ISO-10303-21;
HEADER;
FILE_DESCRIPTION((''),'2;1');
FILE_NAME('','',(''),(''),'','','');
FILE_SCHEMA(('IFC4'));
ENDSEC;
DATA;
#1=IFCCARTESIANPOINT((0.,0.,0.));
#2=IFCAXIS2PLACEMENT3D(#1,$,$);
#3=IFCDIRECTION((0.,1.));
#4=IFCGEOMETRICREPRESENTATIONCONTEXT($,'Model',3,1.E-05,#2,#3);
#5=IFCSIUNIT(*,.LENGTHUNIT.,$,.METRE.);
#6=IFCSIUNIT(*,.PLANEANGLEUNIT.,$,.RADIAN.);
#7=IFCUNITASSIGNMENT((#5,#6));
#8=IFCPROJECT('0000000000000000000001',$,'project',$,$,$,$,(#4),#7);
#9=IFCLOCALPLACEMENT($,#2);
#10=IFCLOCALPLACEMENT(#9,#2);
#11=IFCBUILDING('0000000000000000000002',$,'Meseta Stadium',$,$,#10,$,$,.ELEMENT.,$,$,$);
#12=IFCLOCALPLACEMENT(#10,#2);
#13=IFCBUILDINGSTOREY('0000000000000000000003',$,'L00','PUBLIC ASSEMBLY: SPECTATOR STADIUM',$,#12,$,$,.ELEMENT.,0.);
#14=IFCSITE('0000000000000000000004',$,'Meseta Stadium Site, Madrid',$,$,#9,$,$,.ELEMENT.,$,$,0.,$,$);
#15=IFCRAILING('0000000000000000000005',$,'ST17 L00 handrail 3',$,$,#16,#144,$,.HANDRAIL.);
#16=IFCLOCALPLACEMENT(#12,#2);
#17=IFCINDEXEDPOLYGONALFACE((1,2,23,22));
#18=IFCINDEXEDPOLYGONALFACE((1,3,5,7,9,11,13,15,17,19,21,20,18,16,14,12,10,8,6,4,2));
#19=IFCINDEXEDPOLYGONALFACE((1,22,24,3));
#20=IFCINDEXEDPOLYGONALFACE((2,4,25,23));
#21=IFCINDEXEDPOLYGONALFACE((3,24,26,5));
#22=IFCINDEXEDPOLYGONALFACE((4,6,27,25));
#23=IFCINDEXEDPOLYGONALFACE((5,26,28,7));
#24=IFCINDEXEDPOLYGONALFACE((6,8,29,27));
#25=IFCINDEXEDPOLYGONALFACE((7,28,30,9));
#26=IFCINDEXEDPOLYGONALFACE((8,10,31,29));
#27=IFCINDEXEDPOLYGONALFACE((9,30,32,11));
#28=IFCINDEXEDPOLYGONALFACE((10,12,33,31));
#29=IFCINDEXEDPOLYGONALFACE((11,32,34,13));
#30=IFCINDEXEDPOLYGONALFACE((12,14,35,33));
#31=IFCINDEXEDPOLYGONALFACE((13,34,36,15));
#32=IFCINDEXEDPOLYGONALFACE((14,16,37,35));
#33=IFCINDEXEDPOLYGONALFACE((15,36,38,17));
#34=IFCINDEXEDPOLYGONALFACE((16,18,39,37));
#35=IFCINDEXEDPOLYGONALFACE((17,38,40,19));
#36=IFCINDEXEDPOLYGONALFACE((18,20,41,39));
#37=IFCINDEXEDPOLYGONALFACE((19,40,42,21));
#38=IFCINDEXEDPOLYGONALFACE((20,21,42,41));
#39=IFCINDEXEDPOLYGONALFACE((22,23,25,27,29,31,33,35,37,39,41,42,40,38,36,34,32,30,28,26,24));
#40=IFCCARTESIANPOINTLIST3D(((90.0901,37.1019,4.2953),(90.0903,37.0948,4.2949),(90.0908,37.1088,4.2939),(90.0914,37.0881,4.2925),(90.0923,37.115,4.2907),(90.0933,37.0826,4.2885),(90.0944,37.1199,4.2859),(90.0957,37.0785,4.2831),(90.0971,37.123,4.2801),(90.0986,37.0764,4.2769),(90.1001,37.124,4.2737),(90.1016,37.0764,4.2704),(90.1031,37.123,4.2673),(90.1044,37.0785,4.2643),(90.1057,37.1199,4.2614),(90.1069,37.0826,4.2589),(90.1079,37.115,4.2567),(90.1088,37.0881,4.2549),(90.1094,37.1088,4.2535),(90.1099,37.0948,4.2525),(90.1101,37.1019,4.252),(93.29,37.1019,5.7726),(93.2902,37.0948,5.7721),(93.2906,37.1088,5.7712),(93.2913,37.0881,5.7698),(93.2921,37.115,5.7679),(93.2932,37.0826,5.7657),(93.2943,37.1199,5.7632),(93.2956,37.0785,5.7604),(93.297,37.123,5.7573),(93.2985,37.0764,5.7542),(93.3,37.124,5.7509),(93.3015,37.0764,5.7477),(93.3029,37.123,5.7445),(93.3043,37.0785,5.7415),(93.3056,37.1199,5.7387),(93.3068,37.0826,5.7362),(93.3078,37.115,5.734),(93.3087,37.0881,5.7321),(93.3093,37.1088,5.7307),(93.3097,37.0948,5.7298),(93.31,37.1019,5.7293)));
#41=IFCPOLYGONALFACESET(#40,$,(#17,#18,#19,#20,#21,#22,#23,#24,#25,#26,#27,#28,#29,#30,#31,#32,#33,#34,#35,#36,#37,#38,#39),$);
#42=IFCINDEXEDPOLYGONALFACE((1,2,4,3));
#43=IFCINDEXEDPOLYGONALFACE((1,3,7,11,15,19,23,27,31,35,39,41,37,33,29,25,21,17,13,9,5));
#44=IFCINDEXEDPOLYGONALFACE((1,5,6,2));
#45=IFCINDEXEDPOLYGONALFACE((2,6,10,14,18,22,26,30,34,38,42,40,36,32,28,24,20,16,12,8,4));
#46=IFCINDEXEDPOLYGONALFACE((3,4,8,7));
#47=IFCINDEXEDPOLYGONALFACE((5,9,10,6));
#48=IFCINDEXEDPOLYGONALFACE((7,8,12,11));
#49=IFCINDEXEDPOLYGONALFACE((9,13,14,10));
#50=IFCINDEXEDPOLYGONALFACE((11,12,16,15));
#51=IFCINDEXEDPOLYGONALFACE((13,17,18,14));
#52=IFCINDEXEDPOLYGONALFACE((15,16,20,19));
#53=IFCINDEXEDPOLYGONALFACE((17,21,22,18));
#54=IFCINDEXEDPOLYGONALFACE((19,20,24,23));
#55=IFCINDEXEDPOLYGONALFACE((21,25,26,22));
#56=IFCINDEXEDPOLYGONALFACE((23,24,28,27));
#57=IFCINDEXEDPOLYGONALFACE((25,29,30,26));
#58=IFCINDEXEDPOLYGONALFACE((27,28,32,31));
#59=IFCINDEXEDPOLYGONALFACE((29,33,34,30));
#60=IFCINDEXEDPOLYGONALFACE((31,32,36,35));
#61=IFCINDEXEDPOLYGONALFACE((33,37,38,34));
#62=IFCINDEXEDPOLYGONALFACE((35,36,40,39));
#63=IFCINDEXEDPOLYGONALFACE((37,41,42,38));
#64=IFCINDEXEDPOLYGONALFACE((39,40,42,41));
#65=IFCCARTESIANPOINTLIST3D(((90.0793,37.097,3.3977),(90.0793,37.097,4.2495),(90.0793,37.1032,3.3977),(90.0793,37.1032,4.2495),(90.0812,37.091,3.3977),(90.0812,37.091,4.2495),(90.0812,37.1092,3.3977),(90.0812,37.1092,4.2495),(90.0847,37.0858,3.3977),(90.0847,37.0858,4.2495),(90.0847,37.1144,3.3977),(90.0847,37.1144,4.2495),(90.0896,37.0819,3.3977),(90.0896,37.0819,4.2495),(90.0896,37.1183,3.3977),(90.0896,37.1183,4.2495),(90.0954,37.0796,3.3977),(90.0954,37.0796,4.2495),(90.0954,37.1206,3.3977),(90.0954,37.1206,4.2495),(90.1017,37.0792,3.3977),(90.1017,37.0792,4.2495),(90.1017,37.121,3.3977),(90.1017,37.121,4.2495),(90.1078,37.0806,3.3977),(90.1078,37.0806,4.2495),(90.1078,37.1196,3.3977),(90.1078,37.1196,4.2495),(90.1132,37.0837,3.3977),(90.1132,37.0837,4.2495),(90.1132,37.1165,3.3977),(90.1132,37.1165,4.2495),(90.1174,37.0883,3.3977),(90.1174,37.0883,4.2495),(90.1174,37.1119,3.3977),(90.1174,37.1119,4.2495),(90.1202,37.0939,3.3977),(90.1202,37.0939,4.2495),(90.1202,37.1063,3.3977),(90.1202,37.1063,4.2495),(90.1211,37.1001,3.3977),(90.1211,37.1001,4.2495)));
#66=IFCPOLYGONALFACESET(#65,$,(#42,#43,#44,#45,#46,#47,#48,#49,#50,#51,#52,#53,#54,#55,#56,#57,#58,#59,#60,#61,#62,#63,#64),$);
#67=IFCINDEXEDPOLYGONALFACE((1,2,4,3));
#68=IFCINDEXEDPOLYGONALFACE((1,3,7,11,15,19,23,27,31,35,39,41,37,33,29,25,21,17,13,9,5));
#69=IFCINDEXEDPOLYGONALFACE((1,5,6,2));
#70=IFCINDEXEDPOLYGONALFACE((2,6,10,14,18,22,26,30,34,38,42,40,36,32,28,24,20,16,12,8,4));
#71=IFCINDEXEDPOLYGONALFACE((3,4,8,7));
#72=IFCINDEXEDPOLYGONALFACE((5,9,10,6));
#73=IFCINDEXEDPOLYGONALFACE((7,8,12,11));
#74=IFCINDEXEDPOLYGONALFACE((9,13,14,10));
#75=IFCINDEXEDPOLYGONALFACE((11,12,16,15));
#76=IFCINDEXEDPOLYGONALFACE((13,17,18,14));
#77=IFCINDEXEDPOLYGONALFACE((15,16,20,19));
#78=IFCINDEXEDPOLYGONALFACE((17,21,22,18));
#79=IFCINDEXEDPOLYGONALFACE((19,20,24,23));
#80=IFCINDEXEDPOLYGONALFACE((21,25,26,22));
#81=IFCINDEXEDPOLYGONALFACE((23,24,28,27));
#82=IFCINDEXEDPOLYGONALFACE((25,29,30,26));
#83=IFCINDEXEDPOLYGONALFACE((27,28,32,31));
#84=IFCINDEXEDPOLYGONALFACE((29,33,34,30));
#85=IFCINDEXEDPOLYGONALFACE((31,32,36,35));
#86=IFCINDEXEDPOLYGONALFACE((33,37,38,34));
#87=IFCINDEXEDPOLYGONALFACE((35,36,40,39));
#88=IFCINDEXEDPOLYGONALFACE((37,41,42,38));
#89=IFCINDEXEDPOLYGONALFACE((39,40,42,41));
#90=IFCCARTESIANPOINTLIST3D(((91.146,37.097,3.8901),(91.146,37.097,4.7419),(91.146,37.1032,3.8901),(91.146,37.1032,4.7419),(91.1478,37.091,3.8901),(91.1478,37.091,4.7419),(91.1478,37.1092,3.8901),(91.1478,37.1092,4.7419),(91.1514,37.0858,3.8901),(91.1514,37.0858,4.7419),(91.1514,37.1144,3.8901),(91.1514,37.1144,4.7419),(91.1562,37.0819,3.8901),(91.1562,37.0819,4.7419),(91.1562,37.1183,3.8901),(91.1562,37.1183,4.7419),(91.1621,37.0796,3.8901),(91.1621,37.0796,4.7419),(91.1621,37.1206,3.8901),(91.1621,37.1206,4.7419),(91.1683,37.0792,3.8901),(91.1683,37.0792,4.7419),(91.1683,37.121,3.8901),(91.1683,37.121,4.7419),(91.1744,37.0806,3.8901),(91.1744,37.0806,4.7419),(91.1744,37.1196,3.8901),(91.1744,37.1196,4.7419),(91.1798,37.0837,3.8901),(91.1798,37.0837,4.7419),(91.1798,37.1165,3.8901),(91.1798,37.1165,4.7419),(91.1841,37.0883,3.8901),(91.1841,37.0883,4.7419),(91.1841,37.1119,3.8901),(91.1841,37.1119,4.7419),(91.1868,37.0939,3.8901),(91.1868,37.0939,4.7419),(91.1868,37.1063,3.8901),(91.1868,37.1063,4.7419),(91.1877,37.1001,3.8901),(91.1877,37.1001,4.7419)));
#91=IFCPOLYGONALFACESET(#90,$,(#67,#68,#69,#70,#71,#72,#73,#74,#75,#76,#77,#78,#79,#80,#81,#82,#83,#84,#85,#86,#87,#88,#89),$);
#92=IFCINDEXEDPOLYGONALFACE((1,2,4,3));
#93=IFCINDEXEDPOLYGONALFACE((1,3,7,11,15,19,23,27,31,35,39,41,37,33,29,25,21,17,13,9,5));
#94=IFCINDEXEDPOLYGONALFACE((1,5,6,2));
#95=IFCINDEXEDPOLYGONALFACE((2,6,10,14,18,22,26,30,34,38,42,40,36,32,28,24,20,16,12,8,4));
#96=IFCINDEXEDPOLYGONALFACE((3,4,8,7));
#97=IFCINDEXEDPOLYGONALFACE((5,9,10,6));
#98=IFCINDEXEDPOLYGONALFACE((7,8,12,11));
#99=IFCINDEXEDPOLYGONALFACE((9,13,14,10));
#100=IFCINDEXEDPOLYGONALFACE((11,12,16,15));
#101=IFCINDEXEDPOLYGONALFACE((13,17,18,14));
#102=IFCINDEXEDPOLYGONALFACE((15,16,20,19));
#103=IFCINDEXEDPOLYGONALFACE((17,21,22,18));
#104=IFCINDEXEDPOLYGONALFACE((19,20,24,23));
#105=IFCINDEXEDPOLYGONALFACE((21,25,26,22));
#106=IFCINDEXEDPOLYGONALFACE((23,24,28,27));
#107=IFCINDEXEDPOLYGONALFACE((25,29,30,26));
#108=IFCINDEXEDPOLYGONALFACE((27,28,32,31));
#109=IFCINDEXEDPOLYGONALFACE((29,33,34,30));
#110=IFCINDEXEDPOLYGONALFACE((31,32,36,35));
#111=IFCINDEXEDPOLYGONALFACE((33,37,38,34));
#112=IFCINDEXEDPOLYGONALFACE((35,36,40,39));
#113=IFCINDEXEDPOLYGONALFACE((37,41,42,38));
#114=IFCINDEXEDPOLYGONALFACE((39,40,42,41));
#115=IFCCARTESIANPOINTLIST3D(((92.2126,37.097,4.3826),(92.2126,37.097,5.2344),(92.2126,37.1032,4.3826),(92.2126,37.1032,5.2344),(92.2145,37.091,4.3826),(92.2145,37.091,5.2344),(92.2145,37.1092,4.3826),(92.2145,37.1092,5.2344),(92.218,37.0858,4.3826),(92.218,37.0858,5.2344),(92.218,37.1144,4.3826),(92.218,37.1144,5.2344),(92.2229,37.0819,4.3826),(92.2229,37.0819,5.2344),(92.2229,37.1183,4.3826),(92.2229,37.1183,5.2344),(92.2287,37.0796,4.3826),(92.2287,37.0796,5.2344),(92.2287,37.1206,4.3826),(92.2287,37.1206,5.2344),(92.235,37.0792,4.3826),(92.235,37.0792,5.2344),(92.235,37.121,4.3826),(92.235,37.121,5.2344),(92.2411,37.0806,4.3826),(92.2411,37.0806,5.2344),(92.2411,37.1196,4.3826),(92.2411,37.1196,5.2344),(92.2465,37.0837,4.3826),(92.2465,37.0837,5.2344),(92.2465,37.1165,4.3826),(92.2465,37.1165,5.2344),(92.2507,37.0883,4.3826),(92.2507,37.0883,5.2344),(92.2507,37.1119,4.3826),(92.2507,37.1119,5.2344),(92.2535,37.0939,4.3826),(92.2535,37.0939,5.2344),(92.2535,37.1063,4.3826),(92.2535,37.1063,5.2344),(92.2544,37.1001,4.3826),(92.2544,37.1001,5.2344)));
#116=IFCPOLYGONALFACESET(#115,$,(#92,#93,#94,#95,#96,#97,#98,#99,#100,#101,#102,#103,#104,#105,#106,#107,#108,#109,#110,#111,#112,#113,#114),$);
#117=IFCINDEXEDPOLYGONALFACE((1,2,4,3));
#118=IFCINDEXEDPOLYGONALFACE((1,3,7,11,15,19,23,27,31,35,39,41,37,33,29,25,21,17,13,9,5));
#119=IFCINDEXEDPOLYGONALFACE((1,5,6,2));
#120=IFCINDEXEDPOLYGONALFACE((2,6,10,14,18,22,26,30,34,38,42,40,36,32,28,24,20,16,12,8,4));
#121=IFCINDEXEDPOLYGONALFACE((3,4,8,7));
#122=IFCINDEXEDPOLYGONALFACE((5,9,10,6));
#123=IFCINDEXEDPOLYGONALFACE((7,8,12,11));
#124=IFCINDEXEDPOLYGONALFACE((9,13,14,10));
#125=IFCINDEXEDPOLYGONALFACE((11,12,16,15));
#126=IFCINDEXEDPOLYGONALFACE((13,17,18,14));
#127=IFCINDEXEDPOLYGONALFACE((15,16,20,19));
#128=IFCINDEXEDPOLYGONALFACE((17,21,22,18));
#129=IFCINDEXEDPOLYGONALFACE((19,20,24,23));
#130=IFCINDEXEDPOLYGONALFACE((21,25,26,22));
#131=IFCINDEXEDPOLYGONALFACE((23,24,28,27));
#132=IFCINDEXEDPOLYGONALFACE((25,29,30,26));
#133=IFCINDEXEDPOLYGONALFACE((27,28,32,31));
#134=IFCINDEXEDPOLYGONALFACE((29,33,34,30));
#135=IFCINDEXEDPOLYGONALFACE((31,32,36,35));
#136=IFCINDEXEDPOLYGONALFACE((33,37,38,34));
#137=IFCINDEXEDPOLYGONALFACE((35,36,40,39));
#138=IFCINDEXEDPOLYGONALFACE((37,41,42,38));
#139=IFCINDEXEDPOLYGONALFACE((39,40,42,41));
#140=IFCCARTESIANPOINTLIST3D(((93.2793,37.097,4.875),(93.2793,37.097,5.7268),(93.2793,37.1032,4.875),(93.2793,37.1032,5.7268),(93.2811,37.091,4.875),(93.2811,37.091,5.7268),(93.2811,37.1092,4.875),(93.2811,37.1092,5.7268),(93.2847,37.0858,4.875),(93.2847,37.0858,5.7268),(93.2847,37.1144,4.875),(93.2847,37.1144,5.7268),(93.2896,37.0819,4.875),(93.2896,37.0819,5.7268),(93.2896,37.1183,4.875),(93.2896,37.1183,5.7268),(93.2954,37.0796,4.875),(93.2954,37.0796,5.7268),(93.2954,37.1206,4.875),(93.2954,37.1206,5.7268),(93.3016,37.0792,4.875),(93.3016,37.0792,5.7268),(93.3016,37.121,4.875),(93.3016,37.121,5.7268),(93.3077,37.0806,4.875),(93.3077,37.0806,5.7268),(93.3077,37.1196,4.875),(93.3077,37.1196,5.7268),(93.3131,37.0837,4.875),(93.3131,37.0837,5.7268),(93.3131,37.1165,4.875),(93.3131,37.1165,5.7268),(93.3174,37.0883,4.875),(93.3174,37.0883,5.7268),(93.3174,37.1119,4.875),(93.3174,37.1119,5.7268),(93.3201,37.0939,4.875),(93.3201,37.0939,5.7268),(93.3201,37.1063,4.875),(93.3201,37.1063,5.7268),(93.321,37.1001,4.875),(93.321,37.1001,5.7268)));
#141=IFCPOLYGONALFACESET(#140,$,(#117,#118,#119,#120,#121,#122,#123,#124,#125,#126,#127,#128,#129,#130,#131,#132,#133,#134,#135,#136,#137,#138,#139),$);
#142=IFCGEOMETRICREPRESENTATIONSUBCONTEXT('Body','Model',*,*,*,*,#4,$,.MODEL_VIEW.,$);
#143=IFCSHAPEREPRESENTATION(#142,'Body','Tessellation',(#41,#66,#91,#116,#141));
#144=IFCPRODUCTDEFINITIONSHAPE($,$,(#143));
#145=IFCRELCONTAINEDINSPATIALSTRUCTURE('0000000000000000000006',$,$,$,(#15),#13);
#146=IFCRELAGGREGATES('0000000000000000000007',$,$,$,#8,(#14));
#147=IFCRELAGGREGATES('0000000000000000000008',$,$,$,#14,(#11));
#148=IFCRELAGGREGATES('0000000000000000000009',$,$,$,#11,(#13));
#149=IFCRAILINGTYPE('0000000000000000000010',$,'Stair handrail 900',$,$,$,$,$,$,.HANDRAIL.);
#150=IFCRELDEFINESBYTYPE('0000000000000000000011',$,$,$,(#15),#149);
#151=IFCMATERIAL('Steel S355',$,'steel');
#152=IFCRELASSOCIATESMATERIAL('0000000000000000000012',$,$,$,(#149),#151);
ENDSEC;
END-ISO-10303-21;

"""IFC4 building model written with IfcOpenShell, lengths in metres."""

from ifc_helpers import new_model, si_unit, direction, frame, origin, origin_2d, place, context, subcontext, project, spatial, circle, extrude, material, type_object, element, save


model = new_model("IFC4")

# Units and contexts
model_context = context("Model", 3, precision=1e-05, world=origin(), true_north=direction((0.0, 1.0)))
body_context = subcontext(model_context, "Body", "Model", "MODEL_VIEW")
ifc_project = project(units=[si_unit("LENGTHUNIT", "METRE"), si_unit("PLANEANGLEUNIT", "RADIAN")], contexts=[model_context])

# Site, building, storey
site_placement = place(None, origin())
site = spatial("IfcSite", under=ifc_project, at=site_placement, Name="Meseta Stadium Site, Madrid", CompositionType="ELEMENT", RefElevation=0.0)
building_placement = place(site_placement, origin())
building = spatial("IfcBuilding", under=site, at=building_placement, Name="Meseta Stadium", CompositionType="ELEMENT")
storey_placement = place(building_placement, origin())
storey = spatial("IfcBuildingStorey", under=building, at=storey_placement, Name="L00", Description="PUBLIC ASSEMBLY: SPECTATOR STADIUM", CompositionType="ELEMENT", Elevation=0.0)

# Railing
ifc_material_1 = material(Name="Steel S355", Category="steel")
railing_type_1 = type_object("IfcRailingType", Name="Stair handrail 900", PredefinedType="HANDRAIL", material=ifc_material_1)
for number, where, name in (
    (1, (90.1001, 37.1001, 3.3977), "ST17 L00 handrail 3"),
):
    element("IfcRailing", number, at=place(storey_placement, frame(where)), inside=storey, type_object=railing_type_1, Name=name, PredefinedType="HANDRAIL", context=body_context, shape_type="SweptSolid", body=[
        extrude(circle(Radius=0.0239, at=origin_2d()), frame((0.0, 0.0, 0.876), z_axis=(0.907917, 0.0, 0.41915), x_axis=(0.0, 1.0, 0.0)), (0.0, 0.0, 1.0), 3.5244),
        extrude(circle(Radius=0.021, at=origin_2d()), origin(), (0.0, 0.0, 1.0), 0.8518),
        extrude(circle(Radius=0.021, at=origin_2d()), frame((1.0667, 0.0, 0.4924)), (0.0, 0.0, 1.0), 0.8518),
        extrude(circle(Radius=0.021, at=origin_2d()), frame((2.1333, 0.0, 0.9849)), (0.0, 0.0, 1.0), 0.8518),
        extrude(circle(Radius=0.021, at=origin_2d()), frame((3.2, 0.0, 1.4773)), (0.0, 0.0, 1.0), 0.8518),
    ])

save(model, "model.ifc")
